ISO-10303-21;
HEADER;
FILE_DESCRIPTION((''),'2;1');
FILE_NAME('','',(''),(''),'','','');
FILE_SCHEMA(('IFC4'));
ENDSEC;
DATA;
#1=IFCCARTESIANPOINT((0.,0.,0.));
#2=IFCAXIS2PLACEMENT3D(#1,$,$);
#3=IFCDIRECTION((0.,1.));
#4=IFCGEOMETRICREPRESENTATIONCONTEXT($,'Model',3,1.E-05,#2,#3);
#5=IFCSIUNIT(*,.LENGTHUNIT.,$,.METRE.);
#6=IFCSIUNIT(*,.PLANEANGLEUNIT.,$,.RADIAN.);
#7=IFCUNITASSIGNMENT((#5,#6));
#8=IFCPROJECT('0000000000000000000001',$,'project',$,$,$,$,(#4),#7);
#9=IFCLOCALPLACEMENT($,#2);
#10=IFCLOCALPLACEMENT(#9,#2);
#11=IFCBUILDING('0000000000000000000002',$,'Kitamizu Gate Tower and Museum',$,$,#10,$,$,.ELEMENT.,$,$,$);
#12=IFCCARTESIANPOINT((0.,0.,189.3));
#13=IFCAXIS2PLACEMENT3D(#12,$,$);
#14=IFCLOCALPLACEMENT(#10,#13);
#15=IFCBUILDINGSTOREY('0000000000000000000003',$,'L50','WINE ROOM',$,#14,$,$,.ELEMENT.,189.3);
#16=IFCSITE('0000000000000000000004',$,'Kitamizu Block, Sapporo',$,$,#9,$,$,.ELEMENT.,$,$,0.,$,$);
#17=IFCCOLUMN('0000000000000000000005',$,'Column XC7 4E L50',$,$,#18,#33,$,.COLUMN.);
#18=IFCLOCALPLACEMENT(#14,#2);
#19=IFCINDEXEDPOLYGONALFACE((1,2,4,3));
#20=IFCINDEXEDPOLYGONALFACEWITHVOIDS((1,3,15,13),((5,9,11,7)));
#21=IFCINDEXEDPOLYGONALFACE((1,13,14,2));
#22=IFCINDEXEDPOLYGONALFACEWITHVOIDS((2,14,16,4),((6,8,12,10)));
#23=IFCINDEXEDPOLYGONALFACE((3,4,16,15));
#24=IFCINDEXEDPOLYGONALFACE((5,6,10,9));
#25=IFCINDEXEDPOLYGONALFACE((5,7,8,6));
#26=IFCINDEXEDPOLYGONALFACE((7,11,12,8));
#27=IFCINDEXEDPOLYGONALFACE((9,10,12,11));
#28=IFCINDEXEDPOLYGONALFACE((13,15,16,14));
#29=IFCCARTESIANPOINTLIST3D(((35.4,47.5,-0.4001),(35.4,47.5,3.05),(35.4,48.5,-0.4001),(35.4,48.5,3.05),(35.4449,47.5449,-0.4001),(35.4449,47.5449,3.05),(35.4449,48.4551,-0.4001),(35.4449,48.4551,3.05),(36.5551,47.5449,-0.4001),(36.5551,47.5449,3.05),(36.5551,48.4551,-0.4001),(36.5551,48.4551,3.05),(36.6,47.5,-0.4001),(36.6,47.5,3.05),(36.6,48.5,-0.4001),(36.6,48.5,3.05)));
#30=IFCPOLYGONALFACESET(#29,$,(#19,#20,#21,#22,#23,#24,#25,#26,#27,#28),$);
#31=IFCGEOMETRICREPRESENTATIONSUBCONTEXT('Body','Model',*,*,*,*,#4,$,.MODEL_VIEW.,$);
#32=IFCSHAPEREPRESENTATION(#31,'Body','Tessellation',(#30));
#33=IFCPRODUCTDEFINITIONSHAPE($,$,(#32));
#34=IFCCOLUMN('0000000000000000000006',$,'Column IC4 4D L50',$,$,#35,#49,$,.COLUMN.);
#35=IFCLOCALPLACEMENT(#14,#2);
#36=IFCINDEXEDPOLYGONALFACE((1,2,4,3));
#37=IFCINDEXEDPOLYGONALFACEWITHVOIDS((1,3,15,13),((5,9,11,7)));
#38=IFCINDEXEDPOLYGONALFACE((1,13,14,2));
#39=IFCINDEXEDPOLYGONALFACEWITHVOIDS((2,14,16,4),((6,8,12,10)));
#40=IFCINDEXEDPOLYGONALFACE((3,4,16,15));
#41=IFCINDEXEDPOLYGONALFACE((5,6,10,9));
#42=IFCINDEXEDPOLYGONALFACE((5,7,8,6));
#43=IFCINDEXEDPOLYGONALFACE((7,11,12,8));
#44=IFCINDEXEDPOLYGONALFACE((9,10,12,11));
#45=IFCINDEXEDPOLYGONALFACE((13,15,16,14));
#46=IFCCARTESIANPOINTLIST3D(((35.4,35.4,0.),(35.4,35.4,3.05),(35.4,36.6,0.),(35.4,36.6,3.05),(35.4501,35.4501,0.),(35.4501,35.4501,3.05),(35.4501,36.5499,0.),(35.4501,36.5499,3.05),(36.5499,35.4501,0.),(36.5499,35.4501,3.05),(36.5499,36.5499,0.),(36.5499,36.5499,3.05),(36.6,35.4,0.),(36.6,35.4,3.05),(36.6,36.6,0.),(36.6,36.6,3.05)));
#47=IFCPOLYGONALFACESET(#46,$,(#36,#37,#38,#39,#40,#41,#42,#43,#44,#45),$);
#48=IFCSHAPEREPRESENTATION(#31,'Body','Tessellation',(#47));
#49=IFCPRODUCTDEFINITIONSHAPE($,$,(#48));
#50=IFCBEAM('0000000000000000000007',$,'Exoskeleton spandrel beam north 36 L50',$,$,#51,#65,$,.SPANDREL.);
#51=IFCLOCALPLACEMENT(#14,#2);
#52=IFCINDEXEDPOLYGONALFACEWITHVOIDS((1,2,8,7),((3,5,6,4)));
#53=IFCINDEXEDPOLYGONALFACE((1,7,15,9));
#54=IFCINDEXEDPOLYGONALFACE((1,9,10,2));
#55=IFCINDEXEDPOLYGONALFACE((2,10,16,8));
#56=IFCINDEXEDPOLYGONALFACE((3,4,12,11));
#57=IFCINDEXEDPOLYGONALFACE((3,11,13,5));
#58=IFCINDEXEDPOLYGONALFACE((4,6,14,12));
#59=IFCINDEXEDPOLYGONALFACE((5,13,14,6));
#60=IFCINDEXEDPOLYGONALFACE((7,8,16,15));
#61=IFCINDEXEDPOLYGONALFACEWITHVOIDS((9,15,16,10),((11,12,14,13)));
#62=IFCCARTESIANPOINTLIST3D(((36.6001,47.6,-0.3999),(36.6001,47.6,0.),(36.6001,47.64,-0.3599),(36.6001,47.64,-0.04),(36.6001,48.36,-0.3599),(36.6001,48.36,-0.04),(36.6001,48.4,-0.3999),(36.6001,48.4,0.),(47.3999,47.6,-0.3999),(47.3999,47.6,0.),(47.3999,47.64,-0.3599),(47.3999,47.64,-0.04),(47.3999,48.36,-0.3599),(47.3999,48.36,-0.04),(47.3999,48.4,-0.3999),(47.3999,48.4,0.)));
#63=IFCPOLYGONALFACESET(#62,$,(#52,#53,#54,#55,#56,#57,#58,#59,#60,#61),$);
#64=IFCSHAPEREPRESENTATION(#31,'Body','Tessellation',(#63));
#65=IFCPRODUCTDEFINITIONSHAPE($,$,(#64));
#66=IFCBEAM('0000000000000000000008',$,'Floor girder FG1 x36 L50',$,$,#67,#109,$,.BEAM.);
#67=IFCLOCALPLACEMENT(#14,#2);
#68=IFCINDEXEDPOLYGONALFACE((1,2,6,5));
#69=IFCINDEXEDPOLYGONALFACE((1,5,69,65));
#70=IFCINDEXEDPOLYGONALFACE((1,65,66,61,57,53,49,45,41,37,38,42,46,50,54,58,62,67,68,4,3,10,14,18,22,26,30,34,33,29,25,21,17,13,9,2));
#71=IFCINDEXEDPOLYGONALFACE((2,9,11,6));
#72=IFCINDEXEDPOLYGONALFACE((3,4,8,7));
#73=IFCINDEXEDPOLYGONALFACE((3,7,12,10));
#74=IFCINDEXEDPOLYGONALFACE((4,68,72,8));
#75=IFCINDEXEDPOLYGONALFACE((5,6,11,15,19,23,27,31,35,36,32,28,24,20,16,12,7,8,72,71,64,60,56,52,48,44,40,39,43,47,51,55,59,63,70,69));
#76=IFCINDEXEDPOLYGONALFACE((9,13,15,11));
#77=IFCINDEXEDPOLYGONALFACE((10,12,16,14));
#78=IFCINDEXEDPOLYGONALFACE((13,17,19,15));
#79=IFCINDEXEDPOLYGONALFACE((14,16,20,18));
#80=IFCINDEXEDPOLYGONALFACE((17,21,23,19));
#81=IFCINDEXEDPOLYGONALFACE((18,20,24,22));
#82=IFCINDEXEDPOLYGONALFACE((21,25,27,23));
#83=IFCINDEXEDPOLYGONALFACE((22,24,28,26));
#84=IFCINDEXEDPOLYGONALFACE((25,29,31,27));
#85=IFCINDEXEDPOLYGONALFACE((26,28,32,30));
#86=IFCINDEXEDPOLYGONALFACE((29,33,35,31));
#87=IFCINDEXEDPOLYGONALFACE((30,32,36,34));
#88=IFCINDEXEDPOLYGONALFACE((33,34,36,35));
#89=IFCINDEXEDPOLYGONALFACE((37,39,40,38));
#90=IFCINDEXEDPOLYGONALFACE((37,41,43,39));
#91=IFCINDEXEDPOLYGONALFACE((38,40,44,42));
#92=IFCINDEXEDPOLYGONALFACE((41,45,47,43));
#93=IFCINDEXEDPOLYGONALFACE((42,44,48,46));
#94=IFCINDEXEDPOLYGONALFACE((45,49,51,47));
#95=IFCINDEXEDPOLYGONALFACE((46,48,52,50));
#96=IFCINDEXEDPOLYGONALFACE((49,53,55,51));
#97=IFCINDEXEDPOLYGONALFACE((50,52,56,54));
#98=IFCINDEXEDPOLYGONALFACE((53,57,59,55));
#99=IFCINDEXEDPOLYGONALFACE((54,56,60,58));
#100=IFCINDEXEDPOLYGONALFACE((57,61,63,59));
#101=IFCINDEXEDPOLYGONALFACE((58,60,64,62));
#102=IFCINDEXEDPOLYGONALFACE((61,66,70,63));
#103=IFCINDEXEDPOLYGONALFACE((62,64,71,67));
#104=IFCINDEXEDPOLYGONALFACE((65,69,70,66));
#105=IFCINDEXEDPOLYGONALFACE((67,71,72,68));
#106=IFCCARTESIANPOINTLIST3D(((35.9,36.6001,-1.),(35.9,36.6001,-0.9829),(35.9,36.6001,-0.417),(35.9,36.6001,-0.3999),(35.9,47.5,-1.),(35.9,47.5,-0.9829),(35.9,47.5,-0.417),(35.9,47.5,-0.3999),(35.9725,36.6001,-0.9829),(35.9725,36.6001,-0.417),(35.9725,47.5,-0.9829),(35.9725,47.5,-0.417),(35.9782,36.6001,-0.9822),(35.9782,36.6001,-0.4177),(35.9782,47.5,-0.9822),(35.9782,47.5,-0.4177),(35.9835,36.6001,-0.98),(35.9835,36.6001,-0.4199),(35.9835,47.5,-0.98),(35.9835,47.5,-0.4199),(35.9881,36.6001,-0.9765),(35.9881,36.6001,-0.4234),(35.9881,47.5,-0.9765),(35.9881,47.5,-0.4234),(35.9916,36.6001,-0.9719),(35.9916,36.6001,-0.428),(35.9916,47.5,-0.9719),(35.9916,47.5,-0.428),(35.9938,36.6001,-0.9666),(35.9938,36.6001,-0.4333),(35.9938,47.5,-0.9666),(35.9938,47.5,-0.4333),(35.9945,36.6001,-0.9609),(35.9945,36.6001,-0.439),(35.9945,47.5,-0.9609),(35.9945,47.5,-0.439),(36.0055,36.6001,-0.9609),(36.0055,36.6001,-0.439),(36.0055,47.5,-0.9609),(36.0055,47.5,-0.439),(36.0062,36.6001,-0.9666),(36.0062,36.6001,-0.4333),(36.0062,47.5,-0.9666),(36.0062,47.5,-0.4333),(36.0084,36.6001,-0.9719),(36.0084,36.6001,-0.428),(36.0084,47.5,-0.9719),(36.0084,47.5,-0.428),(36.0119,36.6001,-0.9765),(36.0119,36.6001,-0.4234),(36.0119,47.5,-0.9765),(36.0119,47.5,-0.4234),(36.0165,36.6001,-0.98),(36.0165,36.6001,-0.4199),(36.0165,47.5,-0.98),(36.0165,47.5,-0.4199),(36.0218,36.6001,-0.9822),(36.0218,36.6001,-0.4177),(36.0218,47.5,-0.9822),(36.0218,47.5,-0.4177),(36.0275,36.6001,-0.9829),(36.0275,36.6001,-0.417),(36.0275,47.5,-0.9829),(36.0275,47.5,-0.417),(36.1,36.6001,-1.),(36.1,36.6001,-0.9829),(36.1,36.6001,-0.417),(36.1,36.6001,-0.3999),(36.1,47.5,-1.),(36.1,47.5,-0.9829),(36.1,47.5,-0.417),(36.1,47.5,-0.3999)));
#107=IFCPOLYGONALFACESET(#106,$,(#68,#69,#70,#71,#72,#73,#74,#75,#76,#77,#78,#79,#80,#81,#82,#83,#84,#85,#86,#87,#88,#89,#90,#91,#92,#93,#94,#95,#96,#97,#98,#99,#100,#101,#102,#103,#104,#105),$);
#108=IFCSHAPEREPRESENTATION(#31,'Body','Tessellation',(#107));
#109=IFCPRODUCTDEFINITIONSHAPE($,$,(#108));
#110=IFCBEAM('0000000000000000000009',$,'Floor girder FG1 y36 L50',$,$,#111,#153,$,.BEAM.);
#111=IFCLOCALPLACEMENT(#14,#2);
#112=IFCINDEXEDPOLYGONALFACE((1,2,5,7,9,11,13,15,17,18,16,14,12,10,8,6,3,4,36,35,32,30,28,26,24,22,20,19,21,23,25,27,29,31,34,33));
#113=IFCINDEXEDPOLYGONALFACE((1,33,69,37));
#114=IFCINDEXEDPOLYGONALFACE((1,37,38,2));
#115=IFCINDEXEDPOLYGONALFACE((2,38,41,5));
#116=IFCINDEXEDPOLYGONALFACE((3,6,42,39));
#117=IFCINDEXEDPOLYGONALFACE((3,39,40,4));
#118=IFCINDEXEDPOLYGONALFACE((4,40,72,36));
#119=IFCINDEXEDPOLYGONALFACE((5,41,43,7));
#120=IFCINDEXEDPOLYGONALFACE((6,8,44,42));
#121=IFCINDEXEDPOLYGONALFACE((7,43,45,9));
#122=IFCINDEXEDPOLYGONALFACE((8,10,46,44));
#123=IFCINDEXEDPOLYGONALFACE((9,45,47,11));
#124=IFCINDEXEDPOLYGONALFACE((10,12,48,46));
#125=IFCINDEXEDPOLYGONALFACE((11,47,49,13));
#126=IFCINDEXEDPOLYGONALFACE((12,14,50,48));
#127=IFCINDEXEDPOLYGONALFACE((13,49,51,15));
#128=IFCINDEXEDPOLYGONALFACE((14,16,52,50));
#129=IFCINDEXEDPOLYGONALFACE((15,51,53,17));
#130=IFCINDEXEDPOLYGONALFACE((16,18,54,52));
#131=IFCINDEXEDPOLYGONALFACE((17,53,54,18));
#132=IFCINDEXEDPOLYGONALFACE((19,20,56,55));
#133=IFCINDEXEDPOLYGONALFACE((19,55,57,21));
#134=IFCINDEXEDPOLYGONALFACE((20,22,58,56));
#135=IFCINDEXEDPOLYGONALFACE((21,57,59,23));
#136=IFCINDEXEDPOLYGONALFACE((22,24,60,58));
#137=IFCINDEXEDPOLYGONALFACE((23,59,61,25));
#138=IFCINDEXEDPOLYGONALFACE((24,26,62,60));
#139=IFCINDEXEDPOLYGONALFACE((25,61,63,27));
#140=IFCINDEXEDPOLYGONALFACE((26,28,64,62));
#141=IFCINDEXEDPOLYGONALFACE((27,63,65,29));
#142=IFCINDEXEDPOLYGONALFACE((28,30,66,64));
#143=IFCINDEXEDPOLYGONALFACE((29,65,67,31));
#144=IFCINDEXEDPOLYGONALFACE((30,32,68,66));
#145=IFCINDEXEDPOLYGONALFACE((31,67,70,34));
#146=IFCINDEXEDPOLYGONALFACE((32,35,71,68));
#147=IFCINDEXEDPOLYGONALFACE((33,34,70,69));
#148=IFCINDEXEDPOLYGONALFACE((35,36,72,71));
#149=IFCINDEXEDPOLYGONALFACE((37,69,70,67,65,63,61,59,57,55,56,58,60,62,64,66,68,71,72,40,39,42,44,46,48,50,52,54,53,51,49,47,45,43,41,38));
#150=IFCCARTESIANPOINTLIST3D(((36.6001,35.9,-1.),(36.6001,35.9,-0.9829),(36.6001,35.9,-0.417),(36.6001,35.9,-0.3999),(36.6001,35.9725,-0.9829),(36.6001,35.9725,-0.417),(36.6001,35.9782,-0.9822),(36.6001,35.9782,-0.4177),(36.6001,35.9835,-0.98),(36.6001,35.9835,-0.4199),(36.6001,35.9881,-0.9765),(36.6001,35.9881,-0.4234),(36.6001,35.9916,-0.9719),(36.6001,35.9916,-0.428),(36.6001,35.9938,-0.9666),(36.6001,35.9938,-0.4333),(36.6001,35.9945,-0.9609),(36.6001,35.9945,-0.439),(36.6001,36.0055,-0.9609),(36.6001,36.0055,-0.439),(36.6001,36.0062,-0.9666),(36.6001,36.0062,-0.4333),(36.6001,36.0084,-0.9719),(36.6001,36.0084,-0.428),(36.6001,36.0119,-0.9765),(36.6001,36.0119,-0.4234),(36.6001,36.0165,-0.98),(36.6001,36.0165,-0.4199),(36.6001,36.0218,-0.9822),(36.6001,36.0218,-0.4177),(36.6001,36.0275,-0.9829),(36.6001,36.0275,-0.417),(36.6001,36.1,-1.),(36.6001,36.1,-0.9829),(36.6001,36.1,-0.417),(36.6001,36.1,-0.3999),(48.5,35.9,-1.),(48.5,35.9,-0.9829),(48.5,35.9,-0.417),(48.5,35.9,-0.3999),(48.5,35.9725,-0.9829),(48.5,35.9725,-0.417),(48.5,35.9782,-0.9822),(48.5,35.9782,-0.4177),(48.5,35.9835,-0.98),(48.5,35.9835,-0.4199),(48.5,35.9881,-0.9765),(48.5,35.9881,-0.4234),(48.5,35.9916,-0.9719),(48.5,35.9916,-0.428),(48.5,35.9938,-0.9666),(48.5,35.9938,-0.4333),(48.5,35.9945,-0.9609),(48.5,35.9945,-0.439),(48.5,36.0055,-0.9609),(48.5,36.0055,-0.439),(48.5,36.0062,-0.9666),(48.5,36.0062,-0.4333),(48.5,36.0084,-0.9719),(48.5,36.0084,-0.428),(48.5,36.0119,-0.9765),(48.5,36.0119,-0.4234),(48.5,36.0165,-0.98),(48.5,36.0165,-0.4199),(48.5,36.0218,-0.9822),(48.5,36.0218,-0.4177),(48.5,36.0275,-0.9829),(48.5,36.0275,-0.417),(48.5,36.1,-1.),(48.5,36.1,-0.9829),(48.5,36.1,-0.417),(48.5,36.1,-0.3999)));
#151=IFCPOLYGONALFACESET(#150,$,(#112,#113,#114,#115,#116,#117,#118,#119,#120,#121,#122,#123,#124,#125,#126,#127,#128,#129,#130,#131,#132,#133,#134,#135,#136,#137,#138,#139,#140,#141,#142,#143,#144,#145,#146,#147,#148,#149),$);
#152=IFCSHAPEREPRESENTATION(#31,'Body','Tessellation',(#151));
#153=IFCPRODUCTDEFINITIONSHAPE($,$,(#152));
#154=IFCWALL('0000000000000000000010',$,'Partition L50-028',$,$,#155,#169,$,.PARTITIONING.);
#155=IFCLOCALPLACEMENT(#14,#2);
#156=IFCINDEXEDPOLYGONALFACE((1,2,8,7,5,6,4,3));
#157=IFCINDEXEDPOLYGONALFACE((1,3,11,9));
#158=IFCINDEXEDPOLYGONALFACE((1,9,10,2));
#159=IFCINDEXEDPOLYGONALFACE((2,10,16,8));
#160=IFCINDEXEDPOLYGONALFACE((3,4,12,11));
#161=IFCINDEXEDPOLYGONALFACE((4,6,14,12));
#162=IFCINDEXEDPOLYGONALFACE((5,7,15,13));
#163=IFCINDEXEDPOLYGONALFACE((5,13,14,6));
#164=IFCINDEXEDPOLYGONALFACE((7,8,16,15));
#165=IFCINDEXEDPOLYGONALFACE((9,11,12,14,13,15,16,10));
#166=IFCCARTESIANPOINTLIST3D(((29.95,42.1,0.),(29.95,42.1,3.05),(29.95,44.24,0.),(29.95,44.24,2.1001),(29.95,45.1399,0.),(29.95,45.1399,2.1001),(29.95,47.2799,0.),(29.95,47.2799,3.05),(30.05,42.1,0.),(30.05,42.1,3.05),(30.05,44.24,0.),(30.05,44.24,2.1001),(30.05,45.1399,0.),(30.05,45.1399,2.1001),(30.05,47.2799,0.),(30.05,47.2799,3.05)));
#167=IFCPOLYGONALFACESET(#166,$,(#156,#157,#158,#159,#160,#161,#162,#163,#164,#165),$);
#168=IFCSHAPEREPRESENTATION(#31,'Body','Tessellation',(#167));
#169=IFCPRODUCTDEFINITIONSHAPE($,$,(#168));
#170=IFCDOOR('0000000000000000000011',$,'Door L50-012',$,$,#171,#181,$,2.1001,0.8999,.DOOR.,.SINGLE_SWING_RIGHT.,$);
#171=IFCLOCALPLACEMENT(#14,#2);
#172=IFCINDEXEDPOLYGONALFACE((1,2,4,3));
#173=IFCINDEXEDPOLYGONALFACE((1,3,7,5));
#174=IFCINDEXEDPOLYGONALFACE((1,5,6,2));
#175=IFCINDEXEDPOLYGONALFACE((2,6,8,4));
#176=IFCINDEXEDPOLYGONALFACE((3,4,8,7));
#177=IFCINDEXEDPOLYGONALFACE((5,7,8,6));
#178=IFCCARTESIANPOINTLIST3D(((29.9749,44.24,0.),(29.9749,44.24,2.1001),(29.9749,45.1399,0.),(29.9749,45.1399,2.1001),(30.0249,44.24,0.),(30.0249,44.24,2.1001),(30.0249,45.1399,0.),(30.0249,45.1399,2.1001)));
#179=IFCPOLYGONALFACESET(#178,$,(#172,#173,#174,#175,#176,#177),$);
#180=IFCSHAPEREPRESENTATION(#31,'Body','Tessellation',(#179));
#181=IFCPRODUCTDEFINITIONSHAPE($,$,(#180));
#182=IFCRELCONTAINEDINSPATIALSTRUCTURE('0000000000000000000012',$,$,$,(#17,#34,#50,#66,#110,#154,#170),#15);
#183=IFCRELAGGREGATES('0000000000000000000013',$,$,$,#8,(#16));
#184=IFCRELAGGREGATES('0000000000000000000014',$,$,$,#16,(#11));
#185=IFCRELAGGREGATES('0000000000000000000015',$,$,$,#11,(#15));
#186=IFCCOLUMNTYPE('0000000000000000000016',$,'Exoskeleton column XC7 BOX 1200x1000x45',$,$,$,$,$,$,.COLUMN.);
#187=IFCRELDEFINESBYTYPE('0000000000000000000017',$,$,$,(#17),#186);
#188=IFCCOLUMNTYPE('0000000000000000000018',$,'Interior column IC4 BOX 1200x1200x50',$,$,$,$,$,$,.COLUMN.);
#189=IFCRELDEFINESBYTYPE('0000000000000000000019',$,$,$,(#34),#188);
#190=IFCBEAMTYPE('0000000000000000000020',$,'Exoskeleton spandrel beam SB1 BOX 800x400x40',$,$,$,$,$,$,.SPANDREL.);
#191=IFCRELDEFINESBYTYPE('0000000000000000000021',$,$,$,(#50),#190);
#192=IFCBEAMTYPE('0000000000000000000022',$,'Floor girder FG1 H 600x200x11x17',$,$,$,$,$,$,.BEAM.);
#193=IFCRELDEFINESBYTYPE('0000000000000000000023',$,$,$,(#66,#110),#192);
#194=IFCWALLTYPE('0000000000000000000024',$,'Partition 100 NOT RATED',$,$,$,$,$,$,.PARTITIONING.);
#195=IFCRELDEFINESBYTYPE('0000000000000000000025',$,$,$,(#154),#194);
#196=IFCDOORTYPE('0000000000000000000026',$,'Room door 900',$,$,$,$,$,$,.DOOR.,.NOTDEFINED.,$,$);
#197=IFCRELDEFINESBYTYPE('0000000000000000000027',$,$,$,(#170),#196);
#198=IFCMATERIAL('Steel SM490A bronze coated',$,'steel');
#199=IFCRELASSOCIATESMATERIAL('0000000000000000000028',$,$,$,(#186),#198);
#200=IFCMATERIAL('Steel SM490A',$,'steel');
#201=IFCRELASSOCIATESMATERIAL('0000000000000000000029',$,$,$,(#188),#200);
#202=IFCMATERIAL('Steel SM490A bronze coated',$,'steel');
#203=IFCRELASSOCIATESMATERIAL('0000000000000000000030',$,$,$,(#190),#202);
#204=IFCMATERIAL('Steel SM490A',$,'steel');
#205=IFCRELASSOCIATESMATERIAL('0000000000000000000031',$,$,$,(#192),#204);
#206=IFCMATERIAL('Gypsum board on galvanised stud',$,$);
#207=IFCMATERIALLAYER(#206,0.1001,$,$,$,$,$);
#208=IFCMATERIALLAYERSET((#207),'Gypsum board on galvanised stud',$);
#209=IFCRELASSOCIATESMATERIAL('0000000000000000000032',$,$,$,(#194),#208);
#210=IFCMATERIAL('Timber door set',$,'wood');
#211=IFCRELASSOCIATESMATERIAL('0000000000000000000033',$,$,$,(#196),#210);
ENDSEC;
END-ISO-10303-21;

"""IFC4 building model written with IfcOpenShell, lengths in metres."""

from ifc_helpers import new_model, si_unit, direction, frame, frame_2d, origin, origin_2d, place, context, subcontext, project, spatial, rectangle, hollow_rectangle, i_section, extrude, material, layer, layer_set, material_profile, profile_set, type_object, element, fill, save


model = new_model("IFC4")

# Units and contexts
model_context = context("Model", 3, precision=1e-05, world=origin(), true_north=direction((0.0, 1.0)))
body_context = subcontext(model_context, "Body", "Model", "MODEL_VIEW")
ifc_project = project(units=[si_unit("LENGTHUNIT", "METRE"), si_unit("PLANEANGLEUNIT", "RADIAN")], contexts=[model_context])

# Site, building, storey
site_placement = place(None, origin())
site = spatial("IfcSite", under=ifc_project, at=site_placement, Name="Kitamizu Block, Sapporo", CompositionType="ELEMENT", RefElevation=0.0)
building_placement = place(site_placement, origin())
building = spatial("IfcBuilding", under=site, at=building_placement, Name="Kitamizu Gate Tower and Museum", CompositionType="ELEMENT")
storey_placement = place(building_placement, frame((0.0, 0.0, 189.3)))
storey = spatial("IfcBuildingStorey", under=building, at=storey_placement, Name="L50", Description="WINE ROOM", CompositionType="ELEMENT", Elevation=189.3)

# Columns
ifc_material_1 = material(Name="Steel SM490A bronze coated", Category="steel")
ifc_material_profile_1 = material_profile(ifc_material_1, hollow_rectangle(XDim=1.2, YDim=1.0, WallThickness=0.0449, at=origin_2d()), Name="BOX 1200x1000x45")
ifc_profile_set_1 = profile_set([ifc_material_profile_1], Name="Steel SM490A bronze coated")
column_type_1 = type_object("IfcColumnType", Name="Exoskeleton column XC7 BOX 1200x1000x45", PredefinedType="COLUMN", material=ifc_profile_set_1)
column_1_placement = place(storey_placement, frame((36.0, 48.0, -0.4001), z_axis=(0.0, 0.0, 1.0), x_axis=(1.0, 0.0, 0.0)))
element("IfcColumn", 1, at=column_1_placement, inside=storey, type_object=column_type_1, Name="Column XC7 4E L50", PredefinedType="COLUMN", context=body_context, shape_type="SweptSolid", body=[
    extrude(hollow_rectangle(XDim=1.2, YDim=1.0, WallThickness=0.0449, at=origin_2d()), origin(), (0.0, 0.0, 1.0), 3.4502),
])
ifc_material_2 = material(Name="Steel SM490A", Category="steel")
ifc_material_profile_2 = material_profile(ifc_material_2, hollow_rectangle(XDim=1.2, YDim=1.2, WallThickness=0.05, at=origin_2d()), Name="BOX 1200x1200x50")
ifc_profile_set_2 = profile_set([ifc_material_profile_2], Name="Steel SM490A")
column_type_2 = type_object("IfcColumnType", Name="Interior column IC4 BOX 1200x1200x50", PredefinedType="COLUMN", material=ifc_profile_set_2)
column_2_placement = place(storey_placement, frame((36.0, 36.0, 0.0), z_axis=(0.0, 0.0, 1.0), x_axis=(1.0, 0.0, 0.0)))
element("IfcColumn", 2, at=column_2_placement, inside=storey, type_object=column_type_2, Name="Column IC4 4D L50", PredefinedType="COLUMN", context=body_context, shape_type="SweptSolid", body=[
    extrude(hollow_rectangle(XDim=1.2, YDim=1.2, WallThickness=0.05, at=origin_2d()), origin(), (0.0, 0.0, 1.0), 3.05),
])

# Beams
ifc_material_3 = material(Name="Steel SM490A bronze coated", Category="steel")
ifc_material_profile_3 = material_profile(ifc_material_3, hollow_rectangle(XDim=0.8, YDim=0.3999, WallThickness=0.04, at=origin_2d()), Name="BOX 800x400x40")
ifc_profile_set_3 = profile_set([ifc_material_profile_3], Name="Steel SM490A bronze coated")
beam_type_1 = type_object("IfcBeamType", Name="Exoskeleton spandrel beam SB1 BOX 800x400x40", PredefinedType="SPANDREL", material=ifc_profile_set_3)
beam_1_placement = place(storey_placement, frame((36.6001, 48.0, -0.2), z_axis=(1.0, 0.0, 0.0), x_axis=(0.0, 1.0, 0.0)))
element("IfcBeam", 3, at=beam_1_placement, inside=storey, type_object=beam_type_1, Name="Exoskeleton spandrel beam north 36 L50", PredefinedType="SPANDREL", context=body_context, shape_type="SweptSolid", body=[
    extrude(hollow_rectangle(XDim=0.8, YDim=0.3999, WallThickness=0.04, at=origin_2d()), origin(), (0.0, 0.0, 1.0), 10.7998),
])
ifc_material_4 = material(Name="Steel SM490A", Category="steel")
ifc_material_profile_4 = material_profile(ifc_material_4, i_section(OverallWidth=0.2, OverallDepth=0.6001, WebThickness=0.011, FlangeThickness=0.0171, FilletRadius=0.022, at=origin_2d()), Name="H-600x200x11x17")
ifc_profile_set_4 = profile_set([ifc_material_profile_4], Name="Steel SM490A")
beam_type_2 = type_object("IfcBeamType", Name="Floor girder FG1 H 600x200x11x17", PredefinedType="BEAM", material=ifc_profile_set_4)
beam_2_placement = place(storey_placement, frame((36.0, 36.6001, -0.7), z_axis=(0.0, 1.0, 0.0), x_axis=(-1.0, 0.0, 0.0)))
element("IfcBeam", 4, at=beam_2_placement, inside=storey, type_object=beam_type_2, Name="Floor girder FG1 x36 L50", PredefinedType="BEAM", context=body_context, shape_type="SweptSolid", body=[
    extrude(i_section(OverallWidth=0.2, OverallDepth=0.6001, WebThickness=0.011, FlangeThickness=0.0171, FilletRadius=0.022, at=origin_2d()), origin(), (0.0, 0.0, 1.0), 10.8999),
])
beam_3_placement = place(storey_placement, frame((36.6001, 36.0, -0.7), z_axis=(1.0, 0.0, 0.0), x_axis=(0.0, 1.0, 0.0)))
element("IfcBeam", 5, at=beam_3_placement, inside=storey, type_object=beam_type_2, Name="Floor girder FG1 y36 L50", PredefinedType="BEAM", context=body_context, shape_type="SweptSolid", body=[
    extrude(i_section(OverallWidth=0.2, OverallDepth=0.6001, WebThickness=0.011, FlangeThickness=0.0171, FilletRadius=0.022, at=origin_2d()), origin(), (0.0, 0.0, 1.0), 11.8999),
])

# Wall, opening, door
ifc_material_5 = material(Name="Gypsum board on galvanised stud")
ifc_layer_1 = layer(ifc_material_5, 0.1001)
ifc_layer_set_1 = layer_set([ifc_layer_1], Name="Gypsum board on galvanised stud")
wall_type_1 = type_object("IfcWallType", Name="Partition 100 NOT RATED", PredefinedType="PARTITIONING", material=ifc_layer_set_1)
wall_1_placement = place(storey_placement, frame((30.0, 42.1001, 0.0), z_axis=(0.0, 0.0, 1.0), x_axis=(0.0, 1.0, 0.0)))
wall_1 = element("IfcWall", 6, at=wall_1_placement, inside=storey, type_object=wall_type_1, Name="Partition L50-028", PredefinedType="PARTITIONING", context=body_context, shape_type="SweptSolid", body=[
    extrude(rectangle(XDim=5.1799, YDim=0.1001, at=frame_2d((2.5898, 0.0))), origin(), (0.0, 0.0, 1.0), 3.05),
])
opening_1_placement = place(wall_1_placement, frame((2.1399, 0.0, 0.0)))
opening_1 = element("IfcOpeningElement", 7, at=opening_1_placement, cuts=wall_1, PredefinedType="OPENING", context=body_context, shape_type="SweptSolid", body=[
    extrude(rectangle(XDim=0.8999, YDim=2.1001, at=frame_2d((0.45, 1.05))), frame((0.0, 0.0601, 0.0), z_axis=(0.0, -1.0, 0.0), x_axis=(1.0, 0.0, 0.0)), (0.0, 0.0, 1.0), 0.1201),
])
ifc_material_6 = material(Name="Timber door set", Category="wood")
door_type_1 = type_object("IfcDoorType", Name="Room door 900", OperationType="NOTDEFINED", PredefinedType="DOOR", material=ifc_material_6)
door_1_placement = place(opening_1_placement, frame((0.8999, 0.0, 0.0), x_axis=(-1.0, 0.0, 0.0)))
door_1 = element("IfcDoor", 8, at=door_1_placement, inside=storey, type_object=door_type_1, Name="Door L50-012", OperationType="SINGLE_SWING_RIGHT", OverallHeight=2.1001, OverallWidth=0.8999, PredefinedType="DOOR", context=body_context, shape_type="SweptSolid", body=[
    extrude(rectangle(XDim=0.8999, YDim=2.1001, at=frame_2d((0.45, 1.05))), frame((0.0, 0.0249, 0.0), z_axis=(0.0, -1.0, 0.0), x_axis=(1.0, 0.0, 0.0)), (0.0, 0.0, 1.0), 0.05),
])
fill(opening_1, door_1)

save(model, "model.ifc")
